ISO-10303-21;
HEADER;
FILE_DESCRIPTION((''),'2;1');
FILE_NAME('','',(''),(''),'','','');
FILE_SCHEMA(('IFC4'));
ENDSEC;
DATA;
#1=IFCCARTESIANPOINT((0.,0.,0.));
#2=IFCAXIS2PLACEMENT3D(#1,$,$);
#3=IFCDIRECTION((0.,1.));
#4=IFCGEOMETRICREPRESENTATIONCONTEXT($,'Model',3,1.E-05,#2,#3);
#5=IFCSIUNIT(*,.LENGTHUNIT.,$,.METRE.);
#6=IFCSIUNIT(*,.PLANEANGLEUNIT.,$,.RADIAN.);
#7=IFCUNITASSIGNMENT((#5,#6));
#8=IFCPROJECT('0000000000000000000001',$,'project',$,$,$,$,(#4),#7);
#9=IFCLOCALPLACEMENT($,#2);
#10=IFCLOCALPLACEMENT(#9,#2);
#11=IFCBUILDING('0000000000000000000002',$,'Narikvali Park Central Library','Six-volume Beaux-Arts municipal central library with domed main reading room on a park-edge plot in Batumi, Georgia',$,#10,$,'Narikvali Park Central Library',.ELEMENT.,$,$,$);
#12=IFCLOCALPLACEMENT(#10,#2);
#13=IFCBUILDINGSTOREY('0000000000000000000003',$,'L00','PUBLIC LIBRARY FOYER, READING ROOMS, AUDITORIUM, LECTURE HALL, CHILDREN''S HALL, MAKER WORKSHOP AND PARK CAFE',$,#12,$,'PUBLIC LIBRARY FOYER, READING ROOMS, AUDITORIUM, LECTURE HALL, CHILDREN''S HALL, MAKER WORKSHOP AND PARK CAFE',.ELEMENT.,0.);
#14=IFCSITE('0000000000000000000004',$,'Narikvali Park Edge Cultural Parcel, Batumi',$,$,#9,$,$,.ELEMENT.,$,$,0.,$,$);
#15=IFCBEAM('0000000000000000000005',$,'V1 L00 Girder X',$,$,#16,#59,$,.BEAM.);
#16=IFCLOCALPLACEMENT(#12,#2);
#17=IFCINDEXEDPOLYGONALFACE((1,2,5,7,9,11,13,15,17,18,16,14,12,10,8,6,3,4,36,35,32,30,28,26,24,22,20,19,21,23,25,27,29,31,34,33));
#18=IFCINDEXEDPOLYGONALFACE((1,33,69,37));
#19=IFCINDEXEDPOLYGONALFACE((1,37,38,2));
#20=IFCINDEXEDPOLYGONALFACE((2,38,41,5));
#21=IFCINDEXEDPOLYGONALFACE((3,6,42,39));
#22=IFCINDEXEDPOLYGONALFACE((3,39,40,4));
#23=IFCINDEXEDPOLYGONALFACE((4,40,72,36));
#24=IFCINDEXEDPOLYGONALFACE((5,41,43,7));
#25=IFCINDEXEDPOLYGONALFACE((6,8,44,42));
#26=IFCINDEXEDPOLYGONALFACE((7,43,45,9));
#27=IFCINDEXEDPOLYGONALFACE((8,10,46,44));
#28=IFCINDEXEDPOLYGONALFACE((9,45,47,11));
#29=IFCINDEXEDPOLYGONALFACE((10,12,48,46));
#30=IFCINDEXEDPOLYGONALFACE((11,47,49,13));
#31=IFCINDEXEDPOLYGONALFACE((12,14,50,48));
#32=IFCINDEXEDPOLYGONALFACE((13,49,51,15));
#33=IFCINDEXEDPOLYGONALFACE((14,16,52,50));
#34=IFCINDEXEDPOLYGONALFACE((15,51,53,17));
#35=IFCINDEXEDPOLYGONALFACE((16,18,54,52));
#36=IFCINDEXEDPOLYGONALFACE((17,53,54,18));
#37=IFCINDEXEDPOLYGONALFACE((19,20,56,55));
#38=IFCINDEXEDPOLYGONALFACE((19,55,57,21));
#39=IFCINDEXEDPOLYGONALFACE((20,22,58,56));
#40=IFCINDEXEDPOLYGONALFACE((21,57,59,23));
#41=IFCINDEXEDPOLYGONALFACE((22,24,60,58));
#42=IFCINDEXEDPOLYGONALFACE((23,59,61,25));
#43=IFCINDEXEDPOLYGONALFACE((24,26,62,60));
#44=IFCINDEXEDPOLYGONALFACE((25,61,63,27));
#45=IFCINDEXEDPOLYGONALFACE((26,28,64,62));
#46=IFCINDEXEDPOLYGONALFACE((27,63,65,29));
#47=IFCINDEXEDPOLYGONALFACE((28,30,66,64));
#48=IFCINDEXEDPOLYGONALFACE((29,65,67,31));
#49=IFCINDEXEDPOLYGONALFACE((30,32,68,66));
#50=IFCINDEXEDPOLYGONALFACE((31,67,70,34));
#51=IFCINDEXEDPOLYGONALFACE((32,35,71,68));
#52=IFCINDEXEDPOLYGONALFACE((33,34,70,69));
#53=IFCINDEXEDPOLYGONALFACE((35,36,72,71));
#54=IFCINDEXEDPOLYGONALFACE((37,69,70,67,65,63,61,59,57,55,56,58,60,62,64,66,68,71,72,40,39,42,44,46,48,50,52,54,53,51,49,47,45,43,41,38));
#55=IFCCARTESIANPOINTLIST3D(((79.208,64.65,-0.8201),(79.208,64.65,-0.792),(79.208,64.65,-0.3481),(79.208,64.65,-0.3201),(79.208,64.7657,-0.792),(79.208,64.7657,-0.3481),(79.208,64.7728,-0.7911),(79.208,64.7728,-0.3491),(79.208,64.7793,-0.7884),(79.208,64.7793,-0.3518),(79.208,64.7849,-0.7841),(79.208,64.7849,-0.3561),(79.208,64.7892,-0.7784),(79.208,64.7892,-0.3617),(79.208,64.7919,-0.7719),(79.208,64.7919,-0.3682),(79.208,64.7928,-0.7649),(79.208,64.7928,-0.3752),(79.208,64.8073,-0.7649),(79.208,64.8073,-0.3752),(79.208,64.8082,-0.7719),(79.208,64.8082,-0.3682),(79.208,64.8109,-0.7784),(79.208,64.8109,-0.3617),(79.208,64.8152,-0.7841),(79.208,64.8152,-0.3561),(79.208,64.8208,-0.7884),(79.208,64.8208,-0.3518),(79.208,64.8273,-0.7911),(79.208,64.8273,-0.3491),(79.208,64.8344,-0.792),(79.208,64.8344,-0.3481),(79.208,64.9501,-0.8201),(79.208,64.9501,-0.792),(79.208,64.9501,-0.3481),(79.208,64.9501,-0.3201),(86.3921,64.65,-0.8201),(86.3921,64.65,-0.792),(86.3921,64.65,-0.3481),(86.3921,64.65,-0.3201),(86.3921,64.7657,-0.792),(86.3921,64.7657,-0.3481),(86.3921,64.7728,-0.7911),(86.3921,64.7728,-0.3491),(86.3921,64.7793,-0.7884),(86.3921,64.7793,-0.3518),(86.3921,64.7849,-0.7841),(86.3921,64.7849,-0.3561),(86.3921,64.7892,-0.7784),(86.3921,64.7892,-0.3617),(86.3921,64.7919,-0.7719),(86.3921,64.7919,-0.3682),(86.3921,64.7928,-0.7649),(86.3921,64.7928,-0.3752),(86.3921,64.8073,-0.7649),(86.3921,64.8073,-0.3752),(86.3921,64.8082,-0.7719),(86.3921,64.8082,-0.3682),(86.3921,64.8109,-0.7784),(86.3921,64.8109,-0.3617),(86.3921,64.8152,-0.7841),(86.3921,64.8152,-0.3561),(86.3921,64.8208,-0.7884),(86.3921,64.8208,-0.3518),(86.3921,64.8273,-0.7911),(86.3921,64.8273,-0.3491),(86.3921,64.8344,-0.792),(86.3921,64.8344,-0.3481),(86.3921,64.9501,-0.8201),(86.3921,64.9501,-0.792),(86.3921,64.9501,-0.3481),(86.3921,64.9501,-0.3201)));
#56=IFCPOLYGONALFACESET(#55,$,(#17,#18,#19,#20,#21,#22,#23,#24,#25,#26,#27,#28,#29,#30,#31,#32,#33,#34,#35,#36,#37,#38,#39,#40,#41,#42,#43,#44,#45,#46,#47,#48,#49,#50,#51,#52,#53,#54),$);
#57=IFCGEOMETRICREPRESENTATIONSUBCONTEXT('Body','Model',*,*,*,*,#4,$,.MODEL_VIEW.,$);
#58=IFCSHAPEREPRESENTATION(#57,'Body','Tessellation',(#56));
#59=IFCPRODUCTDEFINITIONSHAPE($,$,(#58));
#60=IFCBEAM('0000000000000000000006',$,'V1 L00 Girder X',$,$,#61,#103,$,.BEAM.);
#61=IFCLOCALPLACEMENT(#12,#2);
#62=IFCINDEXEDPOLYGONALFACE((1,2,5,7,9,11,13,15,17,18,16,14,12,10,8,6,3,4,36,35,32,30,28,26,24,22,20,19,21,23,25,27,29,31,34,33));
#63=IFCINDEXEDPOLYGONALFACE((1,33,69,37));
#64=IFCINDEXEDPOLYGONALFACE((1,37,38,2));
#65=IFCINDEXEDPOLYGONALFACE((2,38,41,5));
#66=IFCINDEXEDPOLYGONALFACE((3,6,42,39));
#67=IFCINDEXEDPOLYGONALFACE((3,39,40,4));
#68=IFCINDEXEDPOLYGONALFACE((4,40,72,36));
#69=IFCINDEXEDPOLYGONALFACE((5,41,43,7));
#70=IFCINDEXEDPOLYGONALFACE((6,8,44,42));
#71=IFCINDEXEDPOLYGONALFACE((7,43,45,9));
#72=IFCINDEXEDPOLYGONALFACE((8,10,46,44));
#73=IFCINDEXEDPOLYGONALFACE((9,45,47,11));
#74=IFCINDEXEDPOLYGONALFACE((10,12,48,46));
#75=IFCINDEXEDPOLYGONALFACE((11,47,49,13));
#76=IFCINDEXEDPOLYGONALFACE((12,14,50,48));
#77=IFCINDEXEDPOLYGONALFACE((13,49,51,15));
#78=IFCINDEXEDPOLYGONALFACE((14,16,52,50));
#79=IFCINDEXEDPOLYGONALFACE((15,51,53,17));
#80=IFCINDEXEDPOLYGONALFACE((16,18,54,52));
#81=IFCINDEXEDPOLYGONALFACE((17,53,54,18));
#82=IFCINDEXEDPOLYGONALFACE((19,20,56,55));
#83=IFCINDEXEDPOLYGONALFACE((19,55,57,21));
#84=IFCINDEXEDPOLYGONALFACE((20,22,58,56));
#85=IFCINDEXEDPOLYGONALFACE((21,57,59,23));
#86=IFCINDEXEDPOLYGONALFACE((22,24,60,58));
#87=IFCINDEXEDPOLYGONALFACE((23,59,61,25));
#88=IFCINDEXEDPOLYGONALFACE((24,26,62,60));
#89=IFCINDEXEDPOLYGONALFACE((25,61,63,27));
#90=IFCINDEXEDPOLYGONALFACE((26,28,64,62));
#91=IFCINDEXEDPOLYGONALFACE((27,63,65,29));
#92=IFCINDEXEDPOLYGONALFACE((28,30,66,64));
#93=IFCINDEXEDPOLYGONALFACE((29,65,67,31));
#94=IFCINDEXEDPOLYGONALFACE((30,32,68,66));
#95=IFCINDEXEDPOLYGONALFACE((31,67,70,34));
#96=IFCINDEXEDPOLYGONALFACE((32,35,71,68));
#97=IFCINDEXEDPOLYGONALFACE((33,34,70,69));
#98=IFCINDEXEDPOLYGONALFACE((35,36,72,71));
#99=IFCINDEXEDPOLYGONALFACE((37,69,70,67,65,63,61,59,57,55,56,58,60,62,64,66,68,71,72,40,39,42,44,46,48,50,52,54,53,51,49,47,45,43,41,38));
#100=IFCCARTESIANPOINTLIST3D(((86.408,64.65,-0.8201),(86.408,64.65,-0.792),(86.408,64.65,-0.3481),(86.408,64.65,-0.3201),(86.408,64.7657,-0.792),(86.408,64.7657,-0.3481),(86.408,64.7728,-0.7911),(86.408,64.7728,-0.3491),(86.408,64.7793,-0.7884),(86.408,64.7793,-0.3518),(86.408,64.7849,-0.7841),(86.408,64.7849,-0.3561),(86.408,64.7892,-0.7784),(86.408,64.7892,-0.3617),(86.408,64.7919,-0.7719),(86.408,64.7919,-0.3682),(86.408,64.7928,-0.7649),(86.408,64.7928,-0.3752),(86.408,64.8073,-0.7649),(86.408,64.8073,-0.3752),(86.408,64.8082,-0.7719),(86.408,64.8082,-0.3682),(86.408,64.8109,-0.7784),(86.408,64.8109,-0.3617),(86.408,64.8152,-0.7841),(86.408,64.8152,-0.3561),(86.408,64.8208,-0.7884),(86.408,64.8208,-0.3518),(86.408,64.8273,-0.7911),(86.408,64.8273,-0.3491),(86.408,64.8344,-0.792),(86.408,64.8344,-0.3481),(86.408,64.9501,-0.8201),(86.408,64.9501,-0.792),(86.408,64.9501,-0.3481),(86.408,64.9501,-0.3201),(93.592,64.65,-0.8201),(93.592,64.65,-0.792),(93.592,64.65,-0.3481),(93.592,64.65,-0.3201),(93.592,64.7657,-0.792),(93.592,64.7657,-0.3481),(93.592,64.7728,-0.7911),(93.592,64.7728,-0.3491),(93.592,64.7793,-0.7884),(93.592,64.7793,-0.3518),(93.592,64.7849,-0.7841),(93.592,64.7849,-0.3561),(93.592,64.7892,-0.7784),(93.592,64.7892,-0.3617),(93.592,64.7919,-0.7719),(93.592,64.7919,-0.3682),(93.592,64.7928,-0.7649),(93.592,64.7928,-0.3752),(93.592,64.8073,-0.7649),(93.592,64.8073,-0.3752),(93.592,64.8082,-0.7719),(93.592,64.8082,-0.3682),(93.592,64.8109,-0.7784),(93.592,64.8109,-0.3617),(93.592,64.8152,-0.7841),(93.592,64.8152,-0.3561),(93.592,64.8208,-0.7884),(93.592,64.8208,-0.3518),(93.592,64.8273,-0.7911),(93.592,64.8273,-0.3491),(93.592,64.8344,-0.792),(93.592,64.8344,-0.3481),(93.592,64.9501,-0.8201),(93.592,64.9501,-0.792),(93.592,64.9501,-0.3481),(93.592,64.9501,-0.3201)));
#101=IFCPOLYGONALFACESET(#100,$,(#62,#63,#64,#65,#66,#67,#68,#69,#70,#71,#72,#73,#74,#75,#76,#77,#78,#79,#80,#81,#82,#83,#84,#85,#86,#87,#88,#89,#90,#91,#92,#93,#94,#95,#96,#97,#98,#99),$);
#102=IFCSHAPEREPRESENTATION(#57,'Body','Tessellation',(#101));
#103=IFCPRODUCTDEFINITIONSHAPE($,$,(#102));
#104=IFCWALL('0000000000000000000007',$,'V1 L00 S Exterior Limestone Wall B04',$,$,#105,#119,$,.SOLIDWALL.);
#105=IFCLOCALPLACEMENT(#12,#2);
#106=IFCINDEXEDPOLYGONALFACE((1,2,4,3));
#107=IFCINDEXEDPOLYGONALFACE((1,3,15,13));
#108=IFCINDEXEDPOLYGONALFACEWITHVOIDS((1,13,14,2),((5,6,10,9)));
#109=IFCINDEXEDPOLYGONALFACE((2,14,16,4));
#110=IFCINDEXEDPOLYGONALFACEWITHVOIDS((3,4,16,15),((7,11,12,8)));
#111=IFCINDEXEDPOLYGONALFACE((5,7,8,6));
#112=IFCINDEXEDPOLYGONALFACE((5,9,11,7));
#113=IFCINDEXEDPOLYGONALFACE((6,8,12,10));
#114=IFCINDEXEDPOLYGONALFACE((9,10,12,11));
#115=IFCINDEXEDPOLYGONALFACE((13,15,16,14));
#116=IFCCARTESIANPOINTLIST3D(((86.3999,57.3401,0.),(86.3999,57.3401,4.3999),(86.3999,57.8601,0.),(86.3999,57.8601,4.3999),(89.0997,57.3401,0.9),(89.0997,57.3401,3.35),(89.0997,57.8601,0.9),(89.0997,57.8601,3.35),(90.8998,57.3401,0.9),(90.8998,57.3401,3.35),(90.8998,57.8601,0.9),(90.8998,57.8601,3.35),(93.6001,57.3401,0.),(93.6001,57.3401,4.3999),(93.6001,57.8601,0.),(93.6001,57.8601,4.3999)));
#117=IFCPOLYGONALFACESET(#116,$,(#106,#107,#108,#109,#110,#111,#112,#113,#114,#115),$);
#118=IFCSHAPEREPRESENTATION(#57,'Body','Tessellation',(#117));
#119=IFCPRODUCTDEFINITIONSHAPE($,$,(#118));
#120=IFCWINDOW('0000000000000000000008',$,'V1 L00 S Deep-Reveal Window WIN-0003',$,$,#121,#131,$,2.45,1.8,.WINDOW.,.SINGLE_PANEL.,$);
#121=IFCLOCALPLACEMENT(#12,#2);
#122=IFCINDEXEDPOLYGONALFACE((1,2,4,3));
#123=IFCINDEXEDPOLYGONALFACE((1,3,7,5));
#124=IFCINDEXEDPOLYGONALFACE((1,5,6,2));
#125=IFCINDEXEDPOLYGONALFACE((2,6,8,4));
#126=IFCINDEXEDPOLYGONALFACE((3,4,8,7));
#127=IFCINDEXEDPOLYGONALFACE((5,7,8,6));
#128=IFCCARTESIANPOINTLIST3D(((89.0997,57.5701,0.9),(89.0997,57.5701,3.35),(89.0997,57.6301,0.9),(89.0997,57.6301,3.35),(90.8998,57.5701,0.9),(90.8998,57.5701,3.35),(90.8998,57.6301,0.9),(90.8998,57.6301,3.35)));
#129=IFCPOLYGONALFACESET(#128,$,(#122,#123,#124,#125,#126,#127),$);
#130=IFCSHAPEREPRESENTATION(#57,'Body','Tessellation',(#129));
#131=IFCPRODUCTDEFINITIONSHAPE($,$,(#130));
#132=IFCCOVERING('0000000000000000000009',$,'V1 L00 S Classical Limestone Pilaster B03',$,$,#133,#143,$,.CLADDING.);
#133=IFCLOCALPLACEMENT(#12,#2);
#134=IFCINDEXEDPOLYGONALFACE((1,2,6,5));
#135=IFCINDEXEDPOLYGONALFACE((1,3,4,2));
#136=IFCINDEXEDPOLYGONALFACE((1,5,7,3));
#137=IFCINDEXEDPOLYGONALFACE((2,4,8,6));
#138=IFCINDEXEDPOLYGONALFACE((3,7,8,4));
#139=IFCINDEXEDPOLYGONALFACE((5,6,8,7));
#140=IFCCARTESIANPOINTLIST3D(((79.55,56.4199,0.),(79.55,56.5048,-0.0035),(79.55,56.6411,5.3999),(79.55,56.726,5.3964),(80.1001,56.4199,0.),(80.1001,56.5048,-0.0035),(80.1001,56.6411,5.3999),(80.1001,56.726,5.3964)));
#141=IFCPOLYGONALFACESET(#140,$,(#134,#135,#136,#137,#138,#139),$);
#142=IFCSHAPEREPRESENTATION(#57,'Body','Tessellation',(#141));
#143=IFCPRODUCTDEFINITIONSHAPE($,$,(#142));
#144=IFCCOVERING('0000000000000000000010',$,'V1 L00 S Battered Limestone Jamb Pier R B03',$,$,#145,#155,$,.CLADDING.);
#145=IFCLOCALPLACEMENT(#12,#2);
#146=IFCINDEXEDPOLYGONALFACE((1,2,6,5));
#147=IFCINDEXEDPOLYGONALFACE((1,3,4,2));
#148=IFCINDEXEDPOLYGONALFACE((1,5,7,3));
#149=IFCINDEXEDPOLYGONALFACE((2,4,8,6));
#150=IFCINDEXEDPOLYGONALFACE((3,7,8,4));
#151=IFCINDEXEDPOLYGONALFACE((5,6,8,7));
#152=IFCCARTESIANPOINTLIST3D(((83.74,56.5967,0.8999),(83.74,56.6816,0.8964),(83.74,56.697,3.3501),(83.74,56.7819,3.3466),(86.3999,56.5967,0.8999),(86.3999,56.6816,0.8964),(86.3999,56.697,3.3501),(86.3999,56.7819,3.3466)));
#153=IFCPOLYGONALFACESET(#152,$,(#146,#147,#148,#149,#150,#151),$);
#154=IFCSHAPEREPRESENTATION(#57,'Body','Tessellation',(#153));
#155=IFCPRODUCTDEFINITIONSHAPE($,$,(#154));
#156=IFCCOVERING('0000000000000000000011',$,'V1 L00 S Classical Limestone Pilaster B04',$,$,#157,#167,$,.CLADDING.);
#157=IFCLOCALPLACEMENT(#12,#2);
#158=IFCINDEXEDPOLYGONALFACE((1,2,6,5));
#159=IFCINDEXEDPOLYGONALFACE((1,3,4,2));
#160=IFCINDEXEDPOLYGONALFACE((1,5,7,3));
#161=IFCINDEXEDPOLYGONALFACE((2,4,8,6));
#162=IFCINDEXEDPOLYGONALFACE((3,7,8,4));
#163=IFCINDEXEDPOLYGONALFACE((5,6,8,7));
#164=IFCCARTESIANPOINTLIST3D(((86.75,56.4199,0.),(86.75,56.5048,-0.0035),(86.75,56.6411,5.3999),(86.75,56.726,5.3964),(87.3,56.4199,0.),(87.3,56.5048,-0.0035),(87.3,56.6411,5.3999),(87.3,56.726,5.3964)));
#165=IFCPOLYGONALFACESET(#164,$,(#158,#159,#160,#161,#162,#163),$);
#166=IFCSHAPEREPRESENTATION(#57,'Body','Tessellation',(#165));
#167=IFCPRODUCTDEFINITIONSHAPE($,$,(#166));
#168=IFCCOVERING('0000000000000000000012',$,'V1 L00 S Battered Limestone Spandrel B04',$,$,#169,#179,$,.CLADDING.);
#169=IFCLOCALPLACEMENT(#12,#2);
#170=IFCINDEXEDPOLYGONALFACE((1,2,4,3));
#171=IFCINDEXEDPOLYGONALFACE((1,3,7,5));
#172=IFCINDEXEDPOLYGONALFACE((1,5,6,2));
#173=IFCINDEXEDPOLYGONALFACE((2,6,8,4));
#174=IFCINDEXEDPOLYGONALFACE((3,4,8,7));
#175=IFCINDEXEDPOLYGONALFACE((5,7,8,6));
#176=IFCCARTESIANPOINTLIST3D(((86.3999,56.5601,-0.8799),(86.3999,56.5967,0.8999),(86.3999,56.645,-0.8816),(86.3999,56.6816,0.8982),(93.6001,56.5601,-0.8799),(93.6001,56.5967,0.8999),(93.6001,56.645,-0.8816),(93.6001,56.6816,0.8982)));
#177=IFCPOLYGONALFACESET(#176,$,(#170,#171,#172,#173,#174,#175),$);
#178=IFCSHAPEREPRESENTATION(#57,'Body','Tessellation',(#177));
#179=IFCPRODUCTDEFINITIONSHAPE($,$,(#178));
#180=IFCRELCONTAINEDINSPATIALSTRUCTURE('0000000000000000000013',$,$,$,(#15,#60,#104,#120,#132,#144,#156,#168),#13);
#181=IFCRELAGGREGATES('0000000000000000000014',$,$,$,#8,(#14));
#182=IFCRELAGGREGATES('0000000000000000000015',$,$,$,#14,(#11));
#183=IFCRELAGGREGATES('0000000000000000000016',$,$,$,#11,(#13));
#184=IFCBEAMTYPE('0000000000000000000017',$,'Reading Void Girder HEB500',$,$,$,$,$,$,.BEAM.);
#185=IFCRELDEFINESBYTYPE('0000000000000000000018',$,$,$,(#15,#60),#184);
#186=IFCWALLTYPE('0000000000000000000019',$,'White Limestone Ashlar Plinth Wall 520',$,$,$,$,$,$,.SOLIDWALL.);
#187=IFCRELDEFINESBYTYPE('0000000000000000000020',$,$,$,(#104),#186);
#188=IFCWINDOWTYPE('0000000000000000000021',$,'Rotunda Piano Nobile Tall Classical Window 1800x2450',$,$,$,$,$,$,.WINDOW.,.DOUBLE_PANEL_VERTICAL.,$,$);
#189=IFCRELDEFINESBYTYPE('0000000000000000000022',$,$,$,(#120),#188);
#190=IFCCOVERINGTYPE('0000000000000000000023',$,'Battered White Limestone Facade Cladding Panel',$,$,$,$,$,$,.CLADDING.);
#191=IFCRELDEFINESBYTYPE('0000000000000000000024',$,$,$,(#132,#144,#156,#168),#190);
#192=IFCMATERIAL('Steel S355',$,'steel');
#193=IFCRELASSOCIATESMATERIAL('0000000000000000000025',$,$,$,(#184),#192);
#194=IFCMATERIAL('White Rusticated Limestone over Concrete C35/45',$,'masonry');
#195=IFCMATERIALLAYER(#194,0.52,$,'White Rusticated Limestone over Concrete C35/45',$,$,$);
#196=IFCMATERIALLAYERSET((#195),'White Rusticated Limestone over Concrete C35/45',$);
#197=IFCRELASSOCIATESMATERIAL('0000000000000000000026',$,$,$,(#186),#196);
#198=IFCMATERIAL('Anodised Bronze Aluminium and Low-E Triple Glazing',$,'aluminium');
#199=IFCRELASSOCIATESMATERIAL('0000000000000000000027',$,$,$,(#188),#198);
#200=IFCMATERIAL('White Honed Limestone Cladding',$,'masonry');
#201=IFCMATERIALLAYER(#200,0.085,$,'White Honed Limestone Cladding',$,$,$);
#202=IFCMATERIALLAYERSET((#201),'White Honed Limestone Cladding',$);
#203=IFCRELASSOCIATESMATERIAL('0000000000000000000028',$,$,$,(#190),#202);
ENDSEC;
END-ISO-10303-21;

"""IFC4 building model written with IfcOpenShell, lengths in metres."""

from ifc_helpers import new_model, si_unit, direction, frame, frame_2d, origin, origin_2d, place, context, subcontext, project, spatial, polyline, rectangle, i_section, outline, extrude, material, layer, layer_set, material_profile, profile_set, type_object, element, fill, save


model = new_model("IFC4")

# Units and contexts
model_context = context("Model", 3, precision=1e-05, world=origin(), true_north=direction((0.0, 1.0)))
body_context = subcontext(model_context, "Body", "Model", "MODEL_VIEW")
ifc_project = project(units=[si_unit("LENGTHUNIT", "METRE"), si_unit("PLANEANGLEUNIT", "RADIAN")], contexts=[model_context])

# Site, building, storey
site_placement = place(None, origin())
site = spatial("IfcSite", under=ifc_project, at=site_placement, Name="Narikvali Park Edge Cultural Parcel, Batumi", CompositionType="ELEMENT", RefElevation=0.0)
building_placement = place(site_placement, origin())
building = spatial("IfcBuilding", under=site, at=building_placement, Name="Narikvali Park Central Library", Description="Six-volume Beaux-Arts municipal central library with domed main reading room on a park-edge plot in Batumi, Georgia", LongName="Narikvali Park Central Library", CompositionType="ELEMENT")
storey_placement = place(building_placement, origin())
storey = spatial("IfcBuildingStorey", under=building, at=storey_placement, Name="L00", Description="PUBLIC LIBRARY FOYER, READING ROOMS, AUDITORIUM, LECTURE HALL, CHILDREN'S HALL, MAKER WORKSHOP AND PARK CAFE", LongName="PUBLIC LIBRARY FOYER, READING ROOMS, AUDITORIUM, LECTURE HALL, CHILDREN'S HALL, MAKER WORKSHOP AND PARK CAFE", CompositionType="ELEMENT", Elevation=0.0)

# Shared definitions
ifc_material_1 = material(Name="Steel S355", Category="steel")

# Beams
ifc_material_profile_1 = material_profile(ifc_material_1, i_section(OverallWidth=0.3, OverallDepth=0.5, WebThickness=0.0144, FlangeThickness=0.0281, FilletRadius=0.0271, at=origin_2d()), Name="HEB 500")
ifc_profile_set_1 = profile_set([ifc_material_profile_1], Name="Steel S355")
beam_type_1 = type_object("IfcBeamType", Name="Reading Void Girder HEB500", PredefinedType="BEAM", material=ifc_profile_set_1)
for number, where, z_axis, x_axis, name in (
    (1, (79.208, 64.8, -0.5701), (1.0, 0.0, 0.0), (0.0, 1.0, 0.0), "V1 L00 Girder X"),
    (2, (86.408, 64.8, -0.5701), (1.0, 0.0, 0.0), (0.0, 1.0, 0.0), "V1 L00 Girder X"),
):
    element("IfcBeam", number, at=place(storey_placement, frame(where, z_axis=z_axis, x_axis=x_axis)), inside=storey, type_object=beam_type_1, Name=name, PredefinedType="BEAM", context=body_context, shape_type="SweptSolid", body=[
        extrude(i_section(OverallWidth=0.3, OverallDepth=0.5, WebThickness=0.0144, FlangeThickness=0.0281, FilletRadius=0.0271, at=origin_2d()), origin(), (0.0, 0.0, 1.0), 7.1841),
    ])

# Wall, opening, window
ifc_material_2 = material(Name="White Rusticated Limestone over Concrete C35/45", Category="masonry")
ifc_layer_1 = layer(ifc_material_2, 0.52, Name="White Rusticated Limestone over Concrete C35/45")
ifc_layer_set_1 = layer_set([ifc_layer_1], Name="White Rusticated Limestone over Concrete C35/45")
wall_type = type_object("IfcWallType", Name="White Limestone Ashlar Plinth Wall 520", PredefinedType="SOLIDWALL", material=ifc_layer_set_1)
wall_placement = place(storey_placement, frame((86.3999, 57.6001, 0.0), z_axis=(0.0, 0.0, 1.0), x_axis=(1.0, 0.0, 0.0)))
wall = element("IfcWall", 3, at=wall_placement, inside=storey, type_object=wall_type, Name="V1 L00 S Exterior Limestone Wall B04", PredefinedType="SOLIDWALL", context=body_context, shape_type="SweptSolid", body=[
    extrude(rectangle(XDim=7.2002, YDim=0.52, at=frame_2d((3.6001, 0.0))), origin(), (0.0, 0.0, 1.0), 4.3999),
])
opening_placement = place(wall_placement, frame((2.7, 0.0, 0.8999)))
opening = element("IfcOpeningElement", 4, at=opening_placement, cuts=wall, PredefinedType="OPENING", context=body_context, shape_type="SweptSolid", body=[
    extrude(rectangle(XDim=1.8, YDim=2.45, at=frame_2d((0.8999, 1.2251))), frame((0.0, 0.272, 0.0), z_axis=(0.0, -1.0, 0.0), x_axis=(1.0, 0.0, 0.0)), (0.0, 0.0, 1.0), 0.5439),
])
ifc_material_3 = material(Name="Anodised Bronze Aluminium and Low-E Triple Glazing", Category="aluminium")
window_type = type_object("IfcWindowType", Name="Rotunda Piano Nobile Tall Classical Window 1800x2450", PartitioningType="DOUBLE_PANEL_VERTICAL", PredefinedType="WINDOW", material=ifc_material_3)
window_placement = place(opening_placement, origin())
window = element("IfcWindow", 5, at=window_placement, inside=storey, type_object=window_type, Name="V1 L00 S Deep-Reveal Window WIN-0003", OverallHeight=2.45, OverallWidth=1.8, PartitioningType="SINGLE_PANEL", PredefinedType="WINDOW", context=body_context, shape_type="SweptSolid", body=[
    extrude(rectangle(XDim=1.8, YDim=2.45, at=frame_2d((0.8999, 1.2251))), frame((0.0, 0.03, 0.0), z_axis=(0.0, -1.0, 0.0), x_axis=(1.0, 0.0, 0.0)), (0.0, 0.0, 1.0), 0.0601),
])
fill(opening, window)

# Coverings
ifc_material_4 = material(Name="White Honed Limestone Cladding", Category="masonry")
ifc_layer_2 = layer(ifc_material_4, 0.085, Name="White Honed Limestone Cladding")
ifc_layer_set_2 = layer_set([ifc_layer_2], Name="White Honed Limestone Cladding")
covering_type = type_object("IfcCoveringType", Name="Battered White Limestone Facade Cladding Panel", PredefinedType="CLADDING", material=ifc_layer_set_2)
covering_1_placement = place(storey_placement, frame((79.55, 56.4199, 0.0), z_axis=(0.0, -0.999162, 0.040928), x_axis=(1.0, 0.0, 0.0)))
element("IfcCovering", 6, at=covering_1_placement, inside=storey, type_object=covering_type, Name="V1 L00 S Classical Limestone Pilaster B03", PredefinedType="CLADDING", context=body_context, shape_type="SweptSolid", body=[
    extrude(outline(polyline([(0.0, 0.0), (0.55, 0.0), (0.55, 5.4044), (0.0, 5.4044), (0.0, 0.0)])), origin(), (0.0, 0.0, -1.0), 0.085),
])
covering_2_placement = place(storey_placement, frame((83.74, 56.5967, 0.8999), z_axis=(0.0, -0.999162, 0.040918), x_axis=(1.0, 0.0, 0.0)))
element("IfcCovering", 7, at=covering_2_placement, inside=storey, type_object=covering_type, Name="V1 L00 S Battered Limestone Jamb Pier R B03", PredefinedType="CLADDING", context=body_context, shape_type="SweptSolid", body=[
    extrude(outline(polyline([(0.0, 0.0), (2.6599, 0.0), (2.6599, 2.4522), (0.0, 2.4522), (0.0, 0.0)])), origin(), (0.0, 0.0, -1.0), 0.085),
])
covering_3_placement = place(storey_placement, frame((86.75, 56.4199, 0.0), z_axis=(0.0, -0.999162, 0.040928), x_axis=(1.0, 0.0, 0.0)))
element("IfcCovering", 8, at=covering_3_placement, inside=storey, type_object=covering_type, Name="V1 L00 S Classical Limestone Pilaster B04", PredefinedType="CLADDING", context=body_context, shape_type="SweptSolid", body=[
    extrude(outline(polyline([(0.0, 0.0), (0.55, 0.0), (0.55, 5.4044), (0.0, 5.4044), (0.0, 0.0)])), origin(), (0.0, 0.0, -1.0), 0.085),
])
covering_4_placement = place(storey_placement, frame((86.3999, 56.5601, -0.8799), z_axis=(0.0, -0.999788, 0.020572), x_axis=(1.0, 0.0, 0.0)))
element("IfcCovering", 9, at=covering_4_placement, inside=storey, type_object=covering_type, Name="V1 L00 S Battered Limestone Spandrel B04", PredefinedType="CLADDING", context=body_context, shape_type="SweptSolid", body=[
    extrude(outline(polyline([(0.0, 0.0), (7.2002, 0.0), (7.2002, 1.7802), (0.0, 1.7802), (0.0, 0.0)])), origin(), (0.0, 0.0, -1.0), 0.085),
])

save(model, "model.ifc")
